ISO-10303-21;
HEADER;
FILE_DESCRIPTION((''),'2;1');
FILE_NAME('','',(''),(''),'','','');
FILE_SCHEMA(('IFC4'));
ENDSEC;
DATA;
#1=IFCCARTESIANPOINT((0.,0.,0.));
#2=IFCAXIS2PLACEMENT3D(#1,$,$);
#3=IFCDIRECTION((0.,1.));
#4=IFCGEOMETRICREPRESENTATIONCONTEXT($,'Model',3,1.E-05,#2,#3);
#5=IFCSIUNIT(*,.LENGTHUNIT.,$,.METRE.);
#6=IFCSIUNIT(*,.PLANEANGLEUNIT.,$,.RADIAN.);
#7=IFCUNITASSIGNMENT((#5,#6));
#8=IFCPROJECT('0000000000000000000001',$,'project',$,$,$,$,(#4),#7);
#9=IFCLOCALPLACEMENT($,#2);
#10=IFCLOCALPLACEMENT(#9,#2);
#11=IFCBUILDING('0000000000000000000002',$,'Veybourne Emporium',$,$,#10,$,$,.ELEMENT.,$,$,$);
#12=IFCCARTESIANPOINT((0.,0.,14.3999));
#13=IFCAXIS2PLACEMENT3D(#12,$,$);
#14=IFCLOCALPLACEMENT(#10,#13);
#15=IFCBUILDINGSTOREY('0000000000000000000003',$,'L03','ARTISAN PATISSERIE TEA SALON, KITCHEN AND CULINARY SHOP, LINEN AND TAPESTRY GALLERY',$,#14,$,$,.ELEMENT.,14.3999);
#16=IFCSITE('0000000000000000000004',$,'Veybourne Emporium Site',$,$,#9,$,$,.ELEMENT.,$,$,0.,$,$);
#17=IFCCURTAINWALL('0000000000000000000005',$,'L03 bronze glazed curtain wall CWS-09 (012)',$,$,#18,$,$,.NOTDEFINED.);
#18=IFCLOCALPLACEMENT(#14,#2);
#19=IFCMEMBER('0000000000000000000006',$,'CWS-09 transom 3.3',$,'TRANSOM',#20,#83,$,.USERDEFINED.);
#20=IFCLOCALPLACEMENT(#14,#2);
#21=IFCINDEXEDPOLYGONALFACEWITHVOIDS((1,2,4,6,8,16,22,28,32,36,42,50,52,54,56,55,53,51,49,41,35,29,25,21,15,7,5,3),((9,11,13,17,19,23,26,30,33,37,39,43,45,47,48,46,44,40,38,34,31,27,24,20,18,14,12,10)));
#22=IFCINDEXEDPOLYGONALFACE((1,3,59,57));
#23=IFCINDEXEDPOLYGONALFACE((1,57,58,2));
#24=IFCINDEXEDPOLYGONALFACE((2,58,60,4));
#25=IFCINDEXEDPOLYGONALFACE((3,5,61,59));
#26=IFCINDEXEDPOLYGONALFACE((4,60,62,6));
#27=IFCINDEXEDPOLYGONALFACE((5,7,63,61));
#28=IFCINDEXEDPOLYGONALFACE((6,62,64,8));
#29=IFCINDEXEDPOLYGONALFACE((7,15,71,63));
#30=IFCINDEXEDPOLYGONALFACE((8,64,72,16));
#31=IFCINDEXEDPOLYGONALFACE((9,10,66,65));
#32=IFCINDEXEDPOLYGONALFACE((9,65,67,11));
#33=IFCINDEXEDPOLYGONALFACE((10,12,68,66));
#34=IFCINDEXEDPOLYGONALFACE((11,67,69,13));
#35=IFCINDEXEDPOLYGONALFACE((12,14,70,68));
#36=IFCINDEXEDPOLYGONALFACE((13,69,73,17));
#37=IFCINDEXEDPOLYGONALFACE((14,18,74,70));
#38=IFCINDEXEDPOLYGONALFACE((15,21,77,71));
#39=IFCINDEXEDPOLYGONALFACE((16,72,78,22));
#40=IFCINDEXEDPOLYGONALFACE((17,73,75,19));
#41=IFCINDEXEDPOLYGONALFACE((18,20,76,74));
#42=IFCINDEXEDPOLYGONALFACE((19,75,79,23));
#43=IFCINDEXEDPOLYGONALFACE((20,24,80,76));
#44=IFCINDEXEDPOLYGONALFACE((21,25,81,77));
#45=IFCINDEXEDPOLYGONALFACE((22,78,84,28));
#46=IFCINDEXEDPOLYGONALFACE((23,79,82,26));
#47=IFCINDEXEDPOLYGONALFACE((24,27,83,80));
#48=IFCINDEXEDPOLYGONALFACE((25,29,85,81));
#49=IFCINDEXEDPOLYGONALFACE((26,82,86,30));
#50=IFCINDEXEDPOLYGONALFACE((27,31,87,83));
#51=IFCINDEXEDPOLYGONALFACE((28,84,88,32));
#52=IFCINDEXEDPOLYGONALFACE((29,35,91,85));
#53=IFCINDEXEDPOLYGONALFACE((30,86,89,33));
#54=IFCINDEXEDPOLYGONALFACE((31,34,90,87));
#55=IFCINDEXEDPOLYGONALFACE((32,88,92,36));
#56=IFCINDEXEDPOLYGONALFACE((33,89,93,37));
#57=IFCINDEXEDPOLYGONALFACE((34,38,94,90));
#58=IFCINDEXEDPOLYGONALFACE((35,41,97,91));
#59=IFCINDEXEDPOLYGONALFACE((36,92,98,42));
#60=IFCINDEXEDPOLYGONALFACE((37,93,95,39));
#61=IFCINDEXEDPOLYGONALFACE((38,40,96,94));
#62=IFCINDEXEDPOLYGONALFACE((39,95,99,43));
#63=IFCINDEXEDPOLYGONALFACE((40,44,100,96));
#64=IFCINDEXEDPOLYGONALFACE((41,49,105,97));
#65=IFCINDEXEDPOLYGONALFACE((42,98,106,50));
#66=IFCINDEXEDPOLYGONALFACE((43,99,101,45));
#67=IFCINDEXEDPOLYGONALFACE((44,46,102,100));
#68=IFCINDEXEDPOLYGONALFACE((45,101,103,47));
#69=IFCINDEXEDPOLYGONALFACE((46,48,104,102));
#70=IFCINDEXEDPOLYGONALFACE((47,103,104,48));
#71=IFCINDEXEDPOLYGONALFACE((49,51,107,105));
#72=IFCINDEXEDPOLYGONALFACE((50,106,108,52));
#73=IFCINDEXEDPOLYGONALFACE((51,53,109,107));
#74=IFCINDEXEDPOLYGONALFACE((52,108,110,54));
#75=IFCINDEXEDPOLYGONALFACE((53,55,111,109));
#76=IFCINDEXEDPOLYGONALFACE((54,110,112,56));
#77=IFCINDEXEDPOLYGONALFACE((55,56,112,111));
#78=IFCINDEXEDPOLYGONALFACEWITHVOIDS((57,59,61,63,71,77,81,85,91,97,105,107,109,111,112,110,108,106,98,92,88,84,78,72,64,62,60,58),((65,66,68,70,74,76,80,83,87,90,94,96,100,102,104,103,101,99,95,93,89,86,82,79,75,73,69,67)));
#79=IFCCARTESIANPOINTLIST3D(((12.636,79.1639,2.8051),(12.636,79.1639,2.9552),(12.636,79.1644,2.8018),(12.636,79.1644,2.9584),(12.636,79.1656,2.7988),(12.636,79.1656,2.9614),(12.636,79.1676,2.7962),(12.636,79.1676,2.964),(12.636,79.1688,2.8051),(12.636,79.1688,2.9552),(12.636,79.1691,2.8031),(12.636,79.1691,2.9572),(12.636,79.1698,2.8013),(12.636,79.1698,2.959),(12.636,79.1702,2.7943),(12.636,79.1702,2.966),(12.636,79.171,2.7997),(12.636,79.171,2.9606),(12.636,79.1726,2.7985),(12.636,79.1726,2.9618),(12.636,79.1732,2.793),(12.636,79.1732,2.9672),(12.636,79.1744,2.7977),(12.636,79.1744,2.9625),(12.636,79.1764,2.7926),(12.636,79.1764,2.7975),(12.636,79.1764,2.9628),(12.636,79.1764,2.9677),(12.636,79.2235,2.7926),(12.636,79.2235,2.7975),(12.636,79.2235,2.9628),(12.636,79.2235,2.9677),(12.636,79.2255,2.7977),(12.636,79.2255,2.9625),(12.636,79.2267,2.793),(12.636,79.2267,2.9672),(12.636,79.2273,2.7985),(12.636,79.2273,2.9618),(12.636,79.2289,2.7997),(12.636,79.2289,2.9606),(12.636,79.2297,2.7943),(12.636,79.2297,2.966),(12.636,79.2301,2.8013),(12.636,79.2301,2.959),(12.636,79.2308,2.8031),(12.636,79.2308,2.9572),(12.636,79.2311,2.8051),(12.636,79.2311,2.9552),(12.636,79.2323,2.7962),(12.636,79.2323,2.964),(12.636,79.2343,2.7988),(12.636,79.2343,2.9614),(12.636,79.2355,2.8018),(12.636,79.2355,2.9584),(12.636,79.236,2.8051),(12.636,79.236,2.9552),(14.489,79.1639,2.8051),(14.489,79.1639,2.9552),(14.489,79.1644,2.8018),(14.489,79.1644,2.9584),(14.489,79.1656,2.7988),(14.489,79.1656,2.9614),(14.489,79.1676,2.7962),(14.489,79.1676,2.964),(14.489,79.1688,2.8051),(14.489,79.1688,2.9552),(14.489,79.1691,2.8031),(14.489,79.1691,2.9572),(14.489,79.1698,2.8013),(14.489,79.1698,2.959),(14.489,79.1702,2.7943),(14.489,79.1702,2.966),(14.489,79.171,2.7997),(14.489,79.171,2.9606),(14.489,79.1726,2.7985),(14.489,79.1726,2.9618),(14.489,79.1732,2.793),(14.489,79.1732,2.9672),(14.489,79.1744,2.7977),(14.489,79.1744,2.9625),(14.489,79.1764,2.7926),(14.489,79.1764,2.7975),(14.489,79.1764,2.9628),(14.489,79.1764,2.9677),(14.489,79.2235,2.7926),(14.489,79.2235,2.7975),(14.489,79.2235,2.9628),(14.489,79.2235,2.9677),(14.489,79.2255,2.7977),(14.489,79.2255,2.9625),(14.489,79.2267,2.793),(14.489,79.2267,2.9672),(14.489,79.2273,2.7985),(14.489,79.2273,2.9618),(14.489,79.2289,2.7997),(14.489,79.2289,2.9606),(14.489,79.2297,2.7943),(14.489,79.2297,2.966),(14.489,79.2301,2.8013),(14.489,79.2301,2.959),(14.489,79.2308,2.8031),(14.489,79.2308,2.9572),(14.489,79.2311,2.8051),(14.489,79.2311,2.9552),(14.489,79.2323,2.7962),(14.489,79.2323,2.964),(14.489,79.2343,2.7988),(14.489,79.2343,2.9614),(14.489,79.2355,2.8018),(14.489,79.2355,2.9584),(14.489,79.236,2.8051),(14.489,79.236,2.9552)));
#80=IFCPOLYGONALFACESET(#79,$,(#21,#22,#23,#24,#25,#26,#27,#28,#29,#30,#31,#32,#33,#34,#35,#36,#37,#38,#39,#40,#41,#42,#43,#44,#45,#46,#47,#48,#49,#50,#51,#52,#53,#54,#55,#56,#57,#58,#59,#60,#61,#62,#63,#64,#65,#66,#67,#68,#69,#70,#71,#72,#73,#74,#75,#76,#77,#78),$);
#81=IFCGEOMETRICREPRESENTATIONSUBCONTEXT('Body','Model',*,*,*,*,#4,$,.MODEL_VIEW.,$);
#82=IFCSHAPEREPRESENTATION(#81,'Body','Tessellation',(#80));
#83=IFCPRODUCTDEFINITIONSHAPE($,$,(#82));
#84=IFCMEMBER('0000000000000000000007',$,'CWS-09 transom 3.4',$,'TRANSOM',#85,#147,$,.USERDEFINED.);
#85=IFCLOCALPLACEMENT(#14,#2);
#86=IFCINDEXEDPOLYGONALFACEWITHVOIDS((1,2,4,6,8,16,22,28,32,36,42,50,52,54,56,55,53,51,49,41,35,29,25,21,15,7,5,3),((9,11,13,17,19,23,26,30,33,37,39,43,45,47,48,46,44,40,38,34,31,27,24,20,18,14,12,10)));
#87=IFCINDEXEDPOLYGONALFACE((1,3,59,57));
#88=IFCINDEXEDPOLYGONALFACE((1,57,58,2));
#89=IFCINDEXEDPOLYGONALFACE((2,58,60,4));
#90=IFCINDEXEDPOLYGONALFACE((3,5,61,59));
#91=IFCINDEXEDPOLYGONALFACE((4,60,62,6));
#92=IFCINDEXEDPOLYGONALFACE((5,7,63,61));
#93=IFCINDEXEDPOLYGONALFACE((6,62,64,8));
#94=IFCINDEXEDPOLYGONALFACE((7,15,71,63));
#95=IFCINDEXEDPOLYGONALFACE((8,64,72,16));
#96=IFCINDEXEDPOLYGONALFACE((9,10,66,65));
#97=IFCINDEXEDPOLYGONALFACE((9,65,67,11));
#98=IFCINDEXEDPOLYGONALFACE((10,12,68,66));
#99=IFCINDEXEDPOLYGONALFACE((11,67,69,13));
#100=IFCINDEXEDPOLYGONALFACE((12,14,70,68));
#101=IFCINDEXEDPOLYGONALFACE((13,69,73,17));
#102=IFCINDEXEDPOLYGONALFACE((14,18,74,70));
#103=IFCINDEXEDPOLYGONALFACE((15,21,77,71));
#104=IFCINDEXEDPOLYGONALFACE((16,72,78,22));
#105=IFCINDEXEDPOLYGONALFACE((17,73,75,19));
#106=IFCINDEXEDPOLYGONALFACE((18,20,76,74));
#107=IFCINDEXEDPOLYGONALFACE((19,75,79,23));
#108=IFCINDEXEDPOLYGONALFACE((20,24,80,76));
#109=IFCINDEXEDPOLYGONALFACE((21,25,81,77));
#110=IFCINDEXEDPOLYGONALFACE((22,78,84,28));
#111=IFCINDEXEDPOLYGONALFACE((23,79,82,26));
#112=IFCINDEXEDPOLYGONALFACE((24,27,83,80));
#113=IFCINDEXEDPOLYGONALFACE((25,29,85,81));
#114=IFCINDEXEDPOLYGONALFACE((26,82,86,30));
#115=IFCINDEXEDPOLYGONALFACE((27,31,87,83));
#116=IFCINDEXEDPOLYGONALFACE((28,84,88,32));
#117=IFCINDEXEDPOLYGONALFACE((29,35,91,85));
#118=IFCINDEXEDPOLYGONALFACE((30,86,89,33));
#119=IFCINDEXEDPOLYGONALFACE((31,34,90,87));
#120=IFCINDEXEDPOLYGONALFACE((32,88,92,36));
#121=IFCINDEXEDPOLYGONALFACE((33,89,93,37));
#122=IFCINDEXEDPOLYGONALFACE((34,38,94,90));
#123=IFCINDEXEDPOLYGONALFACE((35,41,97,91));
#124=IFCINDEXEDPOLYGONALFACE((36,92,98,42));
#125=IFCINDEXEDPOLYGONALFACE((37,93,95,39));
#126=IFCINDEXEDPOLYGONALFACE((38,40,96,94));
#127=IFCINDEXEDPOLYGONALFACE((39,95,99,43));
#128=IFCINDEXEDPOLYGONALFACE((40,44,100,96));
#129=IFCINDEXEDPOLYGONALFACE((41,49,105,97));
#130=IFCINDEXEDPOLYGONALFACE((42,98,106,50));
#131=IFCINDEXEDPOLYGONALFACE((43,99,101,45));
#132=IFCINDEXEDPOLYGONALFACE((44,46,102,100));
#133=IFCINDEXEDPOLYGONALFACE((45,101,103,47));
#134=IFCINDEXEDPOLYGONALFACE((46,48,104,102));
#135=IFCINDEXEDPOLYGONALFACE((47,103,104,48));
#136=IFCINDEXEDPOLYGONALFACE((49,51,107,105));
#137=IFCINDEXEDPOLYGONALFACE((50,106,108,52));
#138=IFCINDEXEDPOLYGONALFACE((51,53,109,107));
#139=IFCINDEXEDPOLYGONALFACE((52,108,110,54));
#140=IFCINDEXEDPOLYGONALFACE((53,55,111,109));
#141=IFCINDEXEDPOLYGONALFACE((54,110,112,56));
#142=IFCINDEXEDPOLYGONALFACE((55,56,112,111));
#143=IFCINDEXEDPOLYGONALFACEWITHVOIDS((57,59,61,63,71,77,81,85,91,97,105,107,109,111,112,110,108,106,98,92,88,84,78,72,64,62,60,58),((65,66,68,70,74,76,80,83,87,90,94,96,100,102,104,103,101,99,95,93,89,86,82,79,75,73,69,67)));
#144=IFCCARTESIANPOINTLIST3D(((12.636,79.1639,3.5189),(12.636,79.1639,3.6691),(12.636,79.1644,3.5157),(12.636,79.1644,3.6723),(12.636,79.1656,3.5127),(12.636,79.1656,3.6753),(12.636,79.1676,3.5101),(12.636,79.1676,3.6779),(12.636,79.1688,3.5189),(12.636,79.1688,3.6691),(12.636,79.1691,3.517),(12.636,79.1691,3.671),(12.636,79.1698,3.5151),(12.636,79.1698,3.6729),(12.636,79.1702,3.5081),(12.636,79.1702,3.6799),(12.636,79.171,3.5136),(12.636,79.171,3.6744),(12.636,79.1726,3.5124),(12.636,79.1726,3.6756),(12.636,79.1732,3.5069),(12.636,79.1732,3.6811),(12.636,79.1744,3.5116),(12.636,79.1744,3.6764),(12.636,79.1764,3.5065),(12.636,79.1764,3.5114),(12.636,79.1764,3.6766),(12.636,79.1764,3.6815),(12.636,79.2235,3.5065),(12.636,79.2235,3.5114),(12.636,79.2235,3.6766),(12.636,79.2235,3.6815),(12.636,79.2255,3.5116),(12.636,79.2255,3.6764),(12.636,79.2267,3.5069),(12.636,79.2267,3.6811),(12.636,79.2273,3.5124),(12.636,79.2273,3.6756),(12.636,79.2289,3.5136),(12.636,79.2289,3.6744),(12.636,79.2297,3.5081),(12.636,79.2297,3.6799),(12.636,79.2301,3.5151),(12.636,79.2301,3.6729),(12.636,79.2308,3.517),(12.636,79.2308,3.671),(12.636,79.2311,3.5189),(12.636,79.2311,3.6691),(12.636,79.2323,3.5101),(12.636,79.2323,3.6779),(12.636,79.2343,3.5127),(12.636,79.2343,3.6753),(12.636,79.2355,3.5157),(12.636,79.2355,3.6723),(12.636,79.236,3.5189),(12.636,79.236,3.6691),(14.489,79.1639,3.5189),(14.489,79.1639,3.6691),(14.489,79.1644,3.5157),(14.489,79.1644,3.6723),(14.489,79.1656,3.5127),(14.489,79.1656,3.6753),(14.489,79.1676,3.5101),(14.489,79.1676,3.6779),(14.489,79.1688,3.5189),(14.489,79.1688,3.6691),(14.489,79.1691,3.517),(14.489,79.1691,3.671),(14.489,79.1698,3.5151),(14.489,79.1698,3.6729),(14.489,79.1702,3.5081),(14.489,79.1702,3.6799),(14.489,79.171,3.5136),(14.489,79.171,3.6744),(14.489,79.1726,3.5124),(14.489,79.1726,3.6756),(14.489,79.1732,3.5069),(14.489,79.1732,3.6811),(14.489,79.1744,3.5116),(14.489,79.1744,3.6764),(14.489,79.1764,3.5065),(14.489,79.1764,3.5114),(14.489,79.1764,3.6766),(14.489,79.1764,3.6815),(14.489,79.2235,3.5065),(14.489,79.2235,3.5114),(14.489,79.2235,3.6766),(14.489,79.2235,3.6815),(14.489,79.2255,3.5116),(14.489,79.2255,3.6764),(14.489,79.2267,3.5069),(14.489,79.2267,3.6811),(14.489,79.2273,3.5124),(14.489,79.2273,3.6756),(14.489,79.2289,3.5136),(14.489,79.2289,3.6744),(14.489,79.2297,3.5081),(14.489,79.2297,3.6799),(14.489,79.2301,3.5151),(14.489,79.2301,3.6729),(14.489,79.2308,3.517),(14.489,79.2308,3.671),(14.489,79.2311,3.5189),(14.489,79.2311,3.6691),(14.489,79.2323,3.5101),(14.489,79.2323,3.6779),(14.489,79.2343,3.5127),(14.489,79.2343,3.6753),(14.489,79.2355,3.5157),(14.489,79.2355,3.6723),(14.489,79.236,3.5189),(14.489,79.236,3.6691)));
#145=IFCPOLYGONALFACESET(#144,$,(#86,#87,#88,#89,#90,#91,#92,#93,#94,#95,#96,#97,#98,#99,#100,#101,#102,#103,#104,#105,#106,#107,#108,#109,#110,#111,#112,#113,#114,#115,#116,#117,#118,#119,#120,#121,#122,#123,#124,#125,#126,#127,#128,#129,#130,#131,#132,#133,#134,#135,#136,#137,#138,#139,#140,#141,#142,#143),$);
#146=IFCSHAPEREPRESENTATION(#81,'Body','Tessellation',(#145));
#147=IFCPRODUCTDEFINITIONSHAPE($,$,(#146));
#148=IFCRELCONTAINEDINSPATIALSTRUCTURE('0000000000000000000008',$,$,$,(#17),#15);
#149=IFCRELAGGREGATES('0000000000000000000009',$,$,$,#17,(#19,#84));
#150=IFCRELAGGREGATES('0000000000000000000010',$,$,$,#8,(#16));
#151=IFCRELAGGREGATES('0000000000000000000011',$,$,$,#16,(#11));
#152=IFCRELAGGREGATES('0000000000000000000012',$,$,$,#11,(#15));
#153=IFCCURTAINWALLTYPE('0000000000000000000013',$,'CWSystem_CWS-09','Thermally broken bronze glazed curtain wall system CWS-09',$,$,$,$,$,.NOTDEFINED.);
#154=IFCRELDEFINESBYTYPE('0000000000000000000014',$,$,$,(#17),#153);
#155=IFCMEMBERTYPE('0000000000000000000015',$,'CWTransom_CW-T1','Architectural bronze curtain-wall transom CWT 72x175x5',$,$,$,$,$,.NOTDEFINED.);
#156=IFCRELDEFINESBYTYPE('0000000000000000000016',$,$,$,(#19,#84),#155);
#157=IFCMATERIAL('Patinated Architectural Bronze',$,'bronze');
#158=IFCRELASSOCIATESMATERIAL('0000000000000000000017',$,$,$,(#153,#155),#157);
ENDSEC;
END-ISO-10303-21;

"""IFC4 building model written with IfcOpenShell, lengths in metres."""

from ifc_helpers import new_model, si_unit, direction, frame, origin, origin_2d, place, context, subcontext, project, spatial, hollow_rectangle, extrude, material, material_profile, profile_set, type_object, element, aggregate, save


model = new_model("IFC4")

# Units and contexts
model_context = context("Model", 3, precision=1e-05, world=origin(), true_north=direction((0.0, 1.0)))
body_context = subcontext(model_context, "Body", "Model", "MODEL_VIEW")
ifc_project = project(units=[si_unit("LENGTHUNIT", "METRE"), si_unit("PLANEANGLEUNIT", "RADIAN")], contexts=[model_context])

# Site, building, storey
site_placement = place(None, origin())
site = spatial("IfcSite", under=ifc_project, at=site_placement, Name="Veybourne Emporium Site", CompositionType="ELEMENT", RefElevation=0.0)
building_placement = place(site_placement, origin())
building = spatial("IfcBuilding", under=site, at=building_placement, Name="Veybourne Emporium", CompositionType="ELEMENT")
storey_placement = place(building_placement, frame((0.0, 0.0, 14.3999)))
storey = spatial("IfcBuildingStorey", under=building, at=storey_placement, Name="L03", Description="ARTISAN PATISSERIE TEA SALON, KITCHEN AND CULINARY SHOP, LINEN AND TAPESTRY GALLERY", CompositionType="ELEMENT", Elevation=14.3999)

# Curtain wall
ifc_material_1 = material(Name="Patinated Architectural Bronze", Category="bronze")
curtain_wall_type_1 = type_object("IfcCurtainWallType", Name="CWSystem_CWS-09", Description="Thermally broken bronze glazed curtain wall system CWS-09", PredefinedType="NOTDEFINED", material=ifc_material_1)
curtain_wall_1_placement = place(storey_placement, origin())
curtain_wall_1 = element("IfcCurtainWall", 1, at=curtain_wall_1_placement, inside=storey, type_object=curtain_wall_type_1, Name="L03 bronze glazed curtain wall CWS-09 (012)", PredefinedType="NOTDEFINED")

# Members
ifc_material_profile_1 = material_profile(ifc_material_1, hollow_rectangle(XDim=0.072, YDim=0.175, WallThickness=0.0049, InnerFilletRadius=0.0076, OuterFilletRadius=0.0125, at=origin_2d()), Name="CWT 72x175x5")
ifc_profile_set_1 = profile_set([ifc_material_profile_1], Name="Patinated Architectural Bronze")
member_type_1 = type_object("IfcMemberType", Name="CWTransom_CW-T1", Description="Architectural bronze curtain-wall transom CWT 72x175x5", PredefinedType="NOTDEFINED", material=ifc_profile_set_1)
member_1_placement = place(storey_placement, frame((12.636, 79.2, 2.8801), z_axis=(1.0, 0.0, 0.0), x_axis=(0.0, 1.0, 0.0)))
member_1 = element("IfcMember", 2, at=member_1_placement, type_object=member_type_1, Name="CWS-09 transom 3.3", ObjectType="TRANSOM", PredefinedType="USERDEFINED", context=body_context, shape_type="SweptSolid", body=[
    extrude(hollow_rectangle(XDim=0.072, YDim=0.175, WallThickness=0.0049, InnerFilletRadius=0.0076, OuterFilletRadius=0.0125, at=origin_2d()), origin(), (0.0, 0.0, 1.0), 1.853),
])
member_2_placement = place(storey_placement, frame((12.636, 79.2, 3.594), z_axis=(1.0, 0.0, 0.0), x_axis=(0.0, 1.0, 0.0)))
member_2 = element("IfcMember", 3, at=member_2_placement, type_object=member_type_1, Name="CWS-09 transom 3.4", ObjectType="TRANSOM", PredefinedType="USERDEFINED", context=body_context, shape_type="SweptSolid", body=[
    extrude(hollow_rectangle(XDim=0.072, YDim=0.175, WallThickness=0.0049, InnerFilletRadius=0.0076, OuterFilletRadius=0.0125, at=origin_2d()), origin(), (0.0, 0.0, 1.0), 1.853),
])

aggregate(curtain_wall_1, [member_1, member_2])

save(model, "model.ifc")
